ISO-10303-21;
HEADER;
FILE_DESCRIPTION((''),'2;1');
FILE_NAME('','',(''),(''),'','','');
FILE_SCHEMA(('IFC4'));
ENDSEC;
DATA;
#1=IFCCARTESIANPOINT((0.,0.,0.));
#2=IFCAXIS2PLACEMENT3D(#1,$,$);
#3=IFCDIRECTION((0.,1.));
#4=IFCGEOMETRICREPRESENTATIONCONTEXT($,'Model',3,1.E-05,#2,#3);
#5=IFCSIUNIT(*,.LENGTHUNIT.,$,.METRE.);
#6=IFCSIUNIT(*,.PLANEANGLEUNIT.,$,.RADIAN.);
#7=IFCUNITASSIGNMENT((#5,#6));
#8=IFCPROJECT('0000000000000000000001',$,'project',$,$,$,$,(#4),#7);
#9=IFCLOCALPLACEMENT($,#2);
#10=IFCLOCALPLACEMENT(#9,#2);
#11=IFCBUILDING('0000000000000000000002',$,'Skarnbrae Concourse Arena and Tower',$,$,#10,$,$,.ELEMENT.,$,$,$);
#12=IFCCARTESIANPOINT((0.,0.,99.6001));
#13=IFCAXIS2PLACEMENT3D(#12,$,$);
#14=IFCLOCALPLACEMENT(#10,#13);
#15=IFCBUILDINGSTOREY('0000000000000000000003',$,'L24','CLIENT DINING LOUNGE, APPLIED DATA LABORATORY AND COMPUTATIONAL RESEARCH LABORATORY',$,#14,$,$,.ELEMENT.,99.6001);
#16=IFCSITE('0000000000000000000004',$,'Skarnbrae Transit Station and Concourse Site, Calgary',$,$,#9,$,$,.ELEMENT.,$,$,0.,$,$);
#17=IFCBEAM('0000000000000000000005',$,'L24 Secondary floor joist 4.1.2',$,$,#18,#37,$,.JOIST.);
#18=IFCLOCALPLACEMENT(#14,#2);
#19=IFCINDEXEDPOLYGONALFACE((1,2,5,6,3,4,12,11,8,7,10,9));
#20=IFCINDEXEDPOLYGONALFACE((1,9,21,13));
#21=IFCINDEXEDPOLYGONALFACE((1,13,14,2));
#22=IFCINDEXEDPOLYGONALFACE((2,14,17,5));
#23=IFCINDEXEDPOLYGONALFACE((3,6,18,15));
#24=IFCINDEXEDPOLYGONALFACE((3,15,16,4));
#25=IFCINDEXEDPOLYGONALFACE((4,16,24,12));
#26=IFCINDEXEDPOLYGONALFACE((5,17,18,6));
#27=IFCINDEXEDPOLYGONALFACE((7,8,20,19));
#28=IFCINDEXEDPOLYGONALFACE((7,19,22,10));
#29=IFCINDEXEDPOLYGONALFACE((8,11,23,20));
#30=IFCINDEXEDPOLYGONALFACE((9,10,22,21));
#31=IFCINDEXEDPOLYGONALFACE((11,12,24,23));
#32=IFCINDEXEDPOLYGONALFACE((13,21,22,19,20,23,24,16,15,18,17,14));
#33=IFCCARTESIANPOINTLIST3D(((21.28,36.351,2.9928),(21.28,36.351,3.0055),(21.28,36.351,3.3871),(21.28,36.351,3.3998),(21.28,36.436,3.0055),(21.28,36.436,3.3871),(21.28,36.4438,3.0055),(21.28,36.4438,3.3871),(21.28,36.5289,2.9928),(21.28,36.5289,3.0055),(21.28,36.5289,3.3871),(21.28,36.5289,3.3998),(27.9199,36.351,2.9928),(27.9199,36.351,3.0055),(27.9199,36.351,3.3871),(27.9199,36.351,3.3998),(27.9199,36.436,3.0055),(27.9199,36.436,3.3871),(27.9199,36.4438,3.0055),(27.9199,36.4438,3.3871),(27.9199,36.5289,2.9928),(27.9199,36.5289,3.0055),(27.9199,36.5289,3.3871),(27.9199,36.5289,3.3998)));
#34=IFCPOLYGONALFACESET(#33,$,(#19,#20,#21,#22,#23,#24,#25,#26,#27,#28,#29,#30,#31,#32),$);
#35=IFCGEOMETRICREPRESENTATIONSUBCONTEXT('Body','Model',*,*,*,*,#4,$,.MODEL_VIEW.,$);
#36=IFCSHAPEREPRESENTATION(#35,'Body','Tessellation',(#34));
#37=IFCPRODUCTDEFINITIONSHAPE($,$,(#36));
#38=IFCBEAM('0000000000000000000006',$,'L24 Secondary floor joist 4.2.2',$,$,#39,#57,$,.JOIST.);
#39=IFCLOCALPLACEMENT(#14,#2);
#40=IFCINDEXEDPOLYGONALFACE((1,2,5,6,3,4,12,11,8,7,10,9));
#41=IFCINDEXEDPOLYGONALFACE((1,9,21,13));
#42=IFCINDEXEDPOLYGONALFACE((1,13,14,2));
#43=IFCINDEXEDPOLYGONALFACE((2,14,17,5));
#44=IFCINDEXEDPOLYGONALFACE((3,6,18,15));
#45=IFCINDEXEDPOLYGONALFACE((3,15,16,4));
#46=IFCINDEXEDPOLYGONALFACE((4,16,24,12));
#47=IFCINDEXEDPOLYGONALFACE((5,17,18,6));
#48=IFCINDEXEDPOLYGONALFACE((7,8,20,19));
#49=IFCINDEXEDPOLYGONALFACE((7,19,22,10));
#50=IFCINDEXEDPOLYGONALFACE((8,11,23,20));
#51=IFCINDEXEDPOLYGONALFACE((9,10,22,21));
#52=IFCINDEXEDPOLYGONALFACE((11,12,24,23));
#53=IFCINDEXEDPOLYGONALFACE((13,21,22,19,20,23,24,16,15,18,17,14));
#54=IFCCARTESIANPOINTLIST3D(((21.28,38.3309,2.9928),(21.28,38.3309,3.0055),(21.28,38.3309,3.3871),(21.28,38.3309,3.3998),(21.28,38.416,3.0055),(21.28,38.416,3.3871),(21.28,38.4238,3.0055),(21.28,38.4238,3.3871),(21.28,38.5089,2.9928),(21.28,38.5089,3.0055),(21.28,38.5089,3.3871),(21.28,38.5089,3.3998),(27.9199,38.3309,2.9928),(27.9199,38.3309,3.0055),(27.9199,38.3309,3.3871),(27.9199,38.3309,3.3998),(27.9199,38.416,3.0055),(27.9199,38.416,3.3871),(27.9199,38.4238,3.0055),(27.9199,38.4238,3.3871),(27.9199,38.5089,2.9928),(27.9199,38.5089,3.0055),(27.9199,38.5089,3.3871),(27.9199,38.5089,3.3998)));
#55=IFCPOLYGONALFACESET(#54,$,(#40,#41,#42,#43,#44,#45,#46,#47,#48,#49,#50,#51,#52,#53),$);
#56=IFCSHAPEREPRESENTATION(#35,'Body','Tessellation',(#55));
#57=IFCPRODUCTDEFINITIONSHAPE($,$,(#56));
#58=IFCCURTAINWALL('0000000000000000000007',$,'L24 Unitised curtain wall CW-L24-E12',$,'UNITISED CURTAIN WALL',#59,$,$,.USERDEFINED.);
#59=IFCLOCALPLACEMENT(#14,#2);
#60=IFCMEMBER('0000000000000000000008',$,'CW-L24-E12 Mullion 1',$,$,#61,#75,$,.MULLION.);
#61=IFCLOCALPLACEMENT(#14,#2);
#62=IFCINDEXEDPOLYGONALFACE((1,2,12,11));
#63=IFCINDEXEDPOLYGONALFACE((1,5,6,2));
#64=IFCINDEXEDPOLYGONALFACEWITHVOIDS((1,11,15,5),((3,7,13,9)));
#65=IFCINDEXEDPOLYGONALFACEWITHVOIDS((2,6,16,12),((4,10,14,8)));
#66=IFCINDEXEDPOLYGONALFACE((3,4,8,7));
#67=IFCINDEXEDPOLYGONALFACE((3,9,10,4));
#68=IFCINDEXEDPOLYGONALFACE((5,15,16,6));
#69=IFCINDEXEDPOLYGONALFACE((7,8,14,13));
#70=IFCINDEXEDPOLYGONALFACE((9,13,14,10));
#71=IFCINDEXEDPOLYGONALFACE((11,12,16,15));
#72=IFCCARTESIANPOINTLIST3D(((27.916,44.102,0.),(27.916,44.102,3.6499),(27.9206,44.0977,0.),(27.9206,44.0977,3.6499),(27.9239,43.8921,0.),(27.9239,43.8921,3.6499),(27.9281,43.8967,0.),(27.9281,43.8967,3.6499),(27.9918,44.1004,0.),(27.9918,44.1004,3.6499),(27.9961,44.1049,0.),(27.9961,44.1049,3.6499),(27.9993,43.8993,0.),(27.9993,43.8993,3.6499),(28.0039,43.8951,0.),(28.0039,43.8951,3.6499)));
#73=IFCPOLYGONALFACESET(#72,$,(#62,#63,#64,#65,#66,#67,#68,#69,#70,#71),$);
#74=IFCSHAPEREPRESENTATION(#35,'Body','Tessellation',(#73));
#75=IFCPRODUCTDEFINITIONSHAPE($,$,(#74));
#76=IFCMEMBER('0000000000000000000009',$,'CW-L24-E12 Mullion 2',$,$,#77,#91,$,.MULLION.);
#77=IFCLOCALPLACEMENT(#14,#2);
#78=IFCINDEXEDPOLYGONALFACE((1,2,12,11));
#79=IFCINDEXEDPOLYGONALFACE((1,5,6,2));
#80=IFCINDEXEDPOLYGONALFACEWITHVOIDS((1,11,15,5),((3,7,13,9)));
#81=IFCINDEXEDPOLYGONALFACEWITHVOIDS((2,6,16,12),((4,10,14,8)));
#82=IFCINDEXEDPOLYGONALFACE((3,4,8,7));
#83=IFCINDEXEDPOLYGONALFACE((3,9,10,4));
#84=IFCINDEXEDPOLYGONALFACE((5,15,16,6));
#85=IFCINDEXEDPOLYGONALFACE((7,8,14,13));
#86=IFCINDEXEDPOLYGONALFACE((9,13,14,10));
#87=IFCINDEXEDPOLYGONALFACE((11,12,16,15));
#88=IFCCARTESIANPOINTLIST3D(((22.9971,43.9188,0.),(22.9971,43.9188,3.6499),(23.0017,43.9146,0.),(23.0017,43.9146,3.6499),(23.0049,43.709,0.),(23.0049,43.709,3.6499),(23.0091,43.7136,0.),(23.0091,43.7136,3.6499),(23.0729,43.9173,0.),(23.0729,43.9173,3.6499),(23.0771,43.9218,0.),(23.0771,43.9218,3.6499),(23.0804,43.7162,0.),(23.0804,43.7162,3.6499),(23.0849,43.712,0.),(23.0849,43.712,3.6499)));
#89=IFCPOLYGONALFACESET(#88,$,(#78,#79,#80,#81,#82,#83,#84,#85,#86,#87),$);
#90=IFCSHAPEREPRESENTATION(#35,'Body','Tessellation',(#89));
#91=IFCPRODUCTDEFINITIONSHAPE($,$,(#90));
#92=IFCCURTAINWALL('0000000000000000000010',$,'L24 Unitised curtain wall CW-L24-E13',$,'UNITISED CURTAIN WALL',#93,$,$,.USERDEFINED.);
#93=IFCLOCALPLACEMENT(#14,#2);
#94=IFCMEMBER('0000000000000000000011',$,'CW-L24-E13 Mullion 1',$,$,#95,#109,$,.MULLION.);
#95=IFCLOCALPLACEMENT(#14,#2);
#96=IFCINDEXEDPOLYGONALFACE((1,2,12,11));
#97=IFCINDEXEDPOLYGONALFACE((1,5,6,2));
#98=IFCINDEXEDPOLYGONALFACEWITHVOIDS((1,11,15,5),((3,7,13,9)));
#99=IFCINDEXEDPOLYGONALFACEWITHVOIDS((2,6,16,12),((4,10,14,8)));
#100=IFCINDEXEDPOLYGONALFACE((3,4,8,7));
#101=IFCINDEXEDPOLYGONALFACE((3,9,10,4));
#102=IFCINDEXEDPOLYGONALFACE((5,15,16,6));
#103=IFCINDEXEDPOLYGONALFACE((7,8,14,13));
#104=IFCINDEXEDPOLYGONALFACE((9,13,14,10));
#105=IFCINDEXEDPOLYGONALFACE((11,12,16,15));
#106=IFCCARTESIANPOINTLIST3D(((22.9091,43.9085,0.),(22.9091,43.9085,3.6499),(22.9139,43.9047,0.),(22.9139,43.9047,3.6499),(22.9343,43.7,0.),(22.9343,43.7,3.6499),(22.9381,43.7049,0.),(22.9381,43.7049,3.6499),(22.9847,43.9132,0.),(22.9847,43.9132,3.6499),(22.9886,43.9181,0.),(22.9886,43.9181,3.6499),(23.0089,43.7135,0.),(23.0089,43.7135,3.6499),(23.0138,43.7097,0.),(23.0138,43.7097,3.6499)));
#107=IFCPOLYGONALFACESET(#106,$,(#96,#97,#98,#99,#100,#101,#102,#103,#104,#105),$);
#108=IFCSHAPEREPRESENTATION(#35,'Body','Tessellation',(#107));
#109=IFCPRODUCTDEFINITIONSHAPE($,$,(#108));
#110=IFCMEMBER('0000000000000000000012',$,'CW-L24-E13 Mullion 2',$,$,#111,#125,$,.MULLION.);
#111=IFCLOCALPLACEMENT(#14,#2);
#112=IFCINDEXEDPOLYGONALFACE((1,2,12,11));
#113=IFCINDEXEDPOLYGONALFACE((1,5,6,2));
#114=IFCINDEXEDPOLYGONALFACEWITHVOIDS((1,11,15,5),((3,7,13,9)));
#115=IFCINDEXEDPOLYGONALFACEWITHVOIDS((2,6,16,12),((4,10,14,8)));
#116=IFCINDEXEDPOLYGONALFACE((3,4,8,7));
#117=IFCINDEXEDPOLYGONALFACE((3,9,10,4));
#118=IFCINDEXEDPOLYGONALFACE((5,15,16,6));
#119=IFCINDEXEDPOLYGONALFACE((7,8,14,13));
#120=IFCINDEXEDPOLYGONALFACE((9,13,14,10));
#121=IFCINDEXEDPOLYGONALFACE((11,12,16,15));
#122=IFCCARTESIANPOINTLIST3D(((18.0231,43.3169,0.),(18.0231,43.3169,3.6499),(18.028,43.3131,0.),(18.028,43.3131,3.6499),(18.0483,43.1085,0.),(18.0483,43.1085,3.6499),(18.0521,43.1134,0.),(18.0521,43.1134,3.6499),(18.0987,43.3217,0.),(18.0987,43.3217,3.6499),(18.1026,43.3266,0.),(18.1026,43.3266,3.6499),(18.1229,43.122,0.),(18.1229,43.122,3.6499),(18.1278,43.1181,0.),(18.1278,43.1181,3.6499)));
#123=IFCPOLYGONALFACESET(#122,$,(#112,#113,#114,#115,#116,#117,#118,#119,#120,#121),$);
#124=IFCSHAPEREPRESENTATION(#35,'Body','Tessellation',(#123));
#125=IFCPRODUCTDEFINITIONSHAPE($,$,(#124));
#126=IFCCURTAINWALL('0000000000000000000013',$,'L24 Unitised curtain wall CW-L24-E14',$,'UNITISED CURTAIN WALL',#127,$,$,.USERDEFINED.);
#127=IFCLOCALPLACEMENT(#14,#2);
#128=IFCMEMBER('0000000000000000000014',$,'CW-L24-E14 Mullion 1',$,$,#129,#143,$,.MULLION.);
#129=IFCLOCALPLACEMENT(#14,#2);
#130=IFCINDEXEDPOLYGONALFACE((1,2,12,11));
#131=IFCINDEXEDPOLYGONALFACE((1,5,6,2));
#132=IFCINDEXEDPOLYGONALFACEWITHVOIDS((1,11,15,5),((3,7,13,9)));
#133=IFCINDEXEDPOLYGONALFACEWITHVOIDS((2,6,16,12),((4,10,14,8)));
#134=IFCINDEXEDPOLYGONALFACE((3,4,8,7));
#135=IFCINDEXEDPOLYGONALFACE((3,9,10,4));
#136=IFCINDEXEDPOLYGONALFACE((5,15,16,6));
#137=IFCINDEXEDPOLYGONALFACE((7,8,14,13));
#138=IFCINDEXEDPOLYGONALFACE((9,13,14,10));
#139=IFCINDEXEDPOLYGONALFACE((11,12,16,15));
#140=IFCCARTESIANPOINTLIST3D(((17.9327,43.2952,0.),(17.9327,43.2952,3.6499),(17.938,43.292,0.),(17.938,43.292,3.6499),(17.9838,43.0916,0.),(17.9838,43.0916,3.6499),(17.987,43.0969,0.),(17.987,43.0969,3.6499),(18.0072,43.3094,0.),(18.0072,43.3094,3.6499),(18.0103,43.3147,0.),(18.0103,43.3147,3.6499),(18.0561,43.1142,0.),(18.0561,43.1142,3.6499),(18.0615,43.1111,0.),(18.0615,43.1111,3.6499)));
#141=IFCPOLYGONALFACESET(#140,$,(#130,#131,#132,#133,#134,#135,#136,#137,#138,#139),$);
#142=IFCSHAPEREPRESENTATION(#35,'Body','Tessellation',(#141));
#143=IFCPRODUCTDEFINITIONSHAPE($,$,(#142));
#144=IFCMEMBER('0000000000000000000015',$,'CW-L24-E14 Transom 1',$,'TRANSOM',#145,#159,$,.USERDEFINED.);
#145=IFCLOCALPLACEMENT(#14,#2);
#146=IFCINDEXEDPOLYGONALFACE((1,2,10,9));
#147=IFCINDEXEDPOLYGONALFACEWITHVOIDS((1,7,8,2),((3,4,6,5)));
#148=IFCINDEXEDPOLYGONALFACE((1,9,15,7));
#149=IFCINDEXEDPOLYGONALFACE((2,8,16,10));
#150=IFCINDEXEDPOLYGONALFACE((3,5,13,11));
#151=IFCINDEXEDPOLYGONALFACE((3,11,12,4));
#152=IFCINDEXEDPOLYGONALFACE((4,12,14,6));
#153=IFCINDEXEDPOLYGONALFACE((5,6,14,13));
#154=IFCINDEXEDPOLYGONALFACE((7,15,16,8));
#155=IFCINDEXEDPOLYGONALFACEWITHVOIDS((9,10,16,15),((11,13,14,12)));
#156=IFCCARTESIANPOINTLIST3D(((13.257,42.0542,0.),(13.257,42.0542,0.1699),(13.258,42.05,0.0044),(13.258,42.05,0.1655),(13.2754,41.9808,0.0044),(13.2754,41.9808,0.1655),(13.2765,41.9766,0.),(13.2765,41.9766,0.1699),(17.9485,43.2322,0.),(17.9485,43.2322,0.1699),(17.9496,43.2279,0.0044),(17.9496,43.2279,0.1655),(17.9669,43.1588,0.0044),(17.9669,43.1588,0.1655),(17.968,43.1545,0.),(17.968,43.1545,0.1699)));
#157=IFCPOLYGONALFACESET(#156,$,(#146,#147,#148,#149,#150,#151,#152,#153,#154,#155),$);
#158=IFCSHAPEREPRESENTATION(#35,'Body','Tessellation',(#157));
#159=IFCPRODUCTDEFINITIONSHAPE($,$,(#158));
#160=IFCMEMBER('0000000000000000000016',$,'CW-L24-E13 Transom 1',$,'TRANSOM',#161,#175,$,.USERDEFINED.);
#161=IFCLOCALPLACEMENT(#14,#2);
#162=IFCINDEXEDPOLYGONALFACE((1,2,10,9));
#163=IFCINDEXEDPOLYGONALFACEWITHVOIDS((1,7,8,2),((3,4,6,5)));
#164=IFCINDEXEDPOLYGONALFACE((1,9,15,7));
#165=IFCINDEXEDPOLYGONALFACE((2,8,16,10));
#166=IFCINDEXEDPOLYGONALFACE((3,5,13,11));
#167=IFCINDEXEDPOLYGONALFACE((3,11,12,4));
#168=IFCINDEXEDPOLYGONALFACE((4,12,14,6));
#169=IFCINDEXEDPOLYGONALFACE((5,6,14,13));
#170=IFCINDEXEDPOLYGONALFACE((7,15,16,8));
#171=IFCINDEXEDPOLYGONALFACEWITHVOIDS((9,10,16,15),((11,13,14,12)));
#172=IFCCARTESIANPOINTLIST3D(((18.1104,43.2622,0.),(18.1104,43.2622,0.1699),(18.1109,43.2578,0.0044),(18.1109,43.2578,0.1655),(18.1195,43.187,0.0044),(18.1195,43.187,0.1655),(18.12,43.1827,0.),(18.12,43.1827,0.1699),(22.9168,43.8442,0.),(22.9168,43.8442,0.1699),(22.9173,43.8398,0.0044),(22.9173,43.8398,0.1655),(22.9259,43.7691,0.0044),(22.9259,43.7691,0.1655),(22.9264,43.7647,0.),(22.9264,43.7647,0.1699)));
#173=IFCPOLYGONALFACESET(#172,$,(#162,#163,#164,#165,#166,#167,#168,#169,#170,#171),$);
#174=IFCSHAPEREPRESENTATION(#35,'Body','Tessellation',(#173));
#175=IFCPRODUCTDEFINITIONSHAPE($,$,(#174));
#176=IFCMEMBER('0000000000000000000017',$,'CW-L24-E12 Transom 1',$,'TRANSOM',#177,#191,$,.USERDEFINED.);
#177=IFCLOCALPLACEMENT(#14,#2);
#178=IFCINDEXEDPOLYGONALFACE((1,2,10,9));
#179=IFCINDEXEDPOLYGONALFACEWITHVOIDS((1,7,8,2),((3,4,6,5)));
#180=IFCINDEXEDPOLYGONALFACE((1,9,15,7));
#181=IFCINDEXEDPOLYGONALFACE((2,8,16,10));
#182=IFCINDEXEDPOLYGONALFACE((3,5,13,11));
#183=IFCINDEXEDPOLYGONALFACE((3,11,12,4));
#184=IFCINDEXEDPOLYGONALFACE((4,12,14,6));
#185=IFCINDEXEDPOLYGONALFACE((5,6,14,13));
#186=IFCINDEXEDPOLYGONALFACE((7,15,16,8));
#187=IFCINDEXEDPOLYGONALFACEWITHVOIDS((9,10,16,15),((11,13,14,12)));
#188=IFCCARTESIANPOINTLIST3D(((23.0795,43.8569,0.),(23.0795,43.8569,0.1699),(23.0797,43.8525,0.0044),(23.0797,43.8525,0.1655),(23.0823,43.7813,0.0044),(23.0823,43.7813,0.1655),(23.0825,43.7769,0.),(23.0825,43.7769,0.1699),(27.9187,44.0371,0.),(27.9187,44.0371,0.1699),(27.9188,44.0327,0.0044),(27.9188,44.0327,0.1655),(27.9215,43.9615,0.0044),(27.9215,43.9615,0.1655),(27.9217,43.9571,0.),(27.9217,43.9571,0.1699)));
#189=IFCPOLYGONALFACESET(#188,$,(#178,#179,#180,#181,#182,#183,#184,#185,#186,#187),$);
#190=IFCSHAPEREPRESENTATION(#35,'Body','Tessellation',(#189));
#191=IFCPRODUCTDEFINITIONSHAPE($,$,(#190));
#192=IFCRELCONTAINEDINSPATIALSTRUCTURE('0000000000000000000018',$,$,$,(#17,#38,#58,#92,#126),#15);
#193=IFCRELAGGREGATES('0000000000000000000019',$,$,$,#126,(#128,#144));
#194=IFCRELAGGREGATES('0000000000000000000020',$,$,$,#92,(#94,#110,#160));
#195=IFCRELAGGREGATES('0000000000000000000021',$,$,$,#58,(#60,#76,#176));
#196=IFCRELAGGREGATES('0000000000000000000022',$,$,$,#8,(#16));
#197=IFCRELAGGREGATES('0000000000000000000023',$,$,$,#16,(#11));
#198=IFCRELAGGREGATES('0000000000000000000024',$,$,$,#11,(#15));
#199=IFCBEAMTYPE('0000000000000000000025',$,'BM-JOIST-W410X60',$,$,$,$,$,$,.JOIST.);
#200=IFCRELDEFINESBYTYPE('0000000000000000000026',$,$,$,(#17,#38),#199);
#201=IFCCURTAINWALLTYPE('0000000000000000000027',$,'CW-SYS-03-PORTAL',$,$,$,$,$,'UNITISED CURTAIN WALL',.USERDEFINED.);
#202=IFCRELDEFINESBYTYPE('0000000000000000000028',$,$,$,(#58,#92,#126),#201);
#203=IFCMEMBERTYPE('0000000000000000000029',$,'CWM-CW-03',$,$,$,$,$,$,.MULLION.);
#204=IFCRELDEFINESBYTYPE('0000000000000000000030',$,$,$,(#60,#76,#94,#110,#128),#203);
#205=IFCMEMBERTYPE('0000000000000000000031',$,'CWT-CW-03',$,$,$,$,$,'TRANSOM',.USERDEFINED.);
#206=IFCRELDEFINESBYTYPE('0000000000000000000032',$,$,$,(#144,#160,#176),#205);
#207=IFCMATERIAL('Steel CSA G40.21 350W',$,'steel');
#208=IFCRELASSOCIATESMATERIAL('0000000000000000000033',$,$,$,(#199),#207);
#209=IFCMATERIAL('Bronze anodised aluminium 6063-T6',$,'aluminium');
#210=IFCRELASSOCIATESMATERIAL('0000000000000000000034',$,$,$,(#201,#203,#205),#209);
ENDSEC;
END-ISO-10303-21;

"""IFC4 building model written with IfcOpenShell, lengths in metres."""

from ifc_helpers import new_model, si_unit, direction, frame, origin, origin_2d, place, context, subcontext, project, spatial, hollow_rectangle, i_section, extrude, source, transform, mapped, material, material_profile, profile_set, type_object, element, aggregate, save


model = new_model("IFC4")

# Units and contexts
model_context = context("Model", 3, precision=1e-05, world=origin(), true_north=direction((0.0, 1.0)))
body_context = subcontext(model_context, "Body", "Model", "MODEL_VIEW")
ifc_project = project(units=[si_unit("LENGTHUNIT", "METRE"), si_unit("PLANEANGLEUNIT", "RADIAN")], contexts=[model_context])

# Site, building, storey
site_placement = place(None, origin())
site = spatial("IfcSite", under=ifc_project, at=site_placement, Name="Skarnbrae Transit Station and Concourse Site, Calgary", CompositionType="ELEMENT", RefElevation=0.0)
building_placement = place(site_placement, origin())
building = spatial("IfcBuilding", under=site, at=building_placement, Name="Skarnbrae Concourse Arena and Tower", CompositionType="ELEMENT")
storey_placement = place(building_placement, frame((0.0, 0.0, 99.6001)))
storey = spatial("IfcBuildingStorey", under=building, at=storey_placement, Name="L24", Description="CLIENT DINING LOUNGE, APPLIED DATA LABORATORY AND COMPUTATIONAL RESEARCH LABORATORY", CompositionType="ELEMENT", Elevation=99.6001)

# Shared definitions
ifc_material_1 = material(Name="Steel CSA G40.21 350W", Category="steel")

# Beams
ifc_material_profile_1 = material_profile(ifc_material_1, i_section(OverallWidth=0.178, OverallDepth=0.407, WebThickness=0.0078, FlangeThickness=0.0127, at=origin_2d()), Name="W410X60")
ifc_profile_set_1 = profile_set([ifc_material_profile_1], Name="Steel CSA G40.21 350W")
beam_type_1 = type_object("IfcBeamType", Name="BM-JOIST-W410X60", PredefinedType="JOIST", material=ifc_profile_set_1)
shared_shape_1 = source(origin(), body_context, "Body", "SweptSolid", [
    extrude(i_section(OverallWidth=0.178, OverallDepth=0.407, WebThickness=0.0078, FlangeThickness=0.0127, at=origin_2d()), origin(), (0.0, 0.0, 1.0), 6.6399),
])
for number, where, z_axis, x_axis, name in (
    (1, (21.28, 36.4399, 3.1963), (1.0, 0.0, 0.0), (0.0, 1.0, 0.0), "L24 Secondary floor joist 4.1.2"),
    (2, (21.28, 38.4199, 3.1963), (1.0, 0.0, 0.0), (0.0, 1.0, 0.0), "L24 Secondary floor joist 4.2.2"),
):
    element("IfcBeam", number, at=place(storey_placement, frame(where, z_axis=z_axis, x_axis=x_axis)), inside=storey, type_object=beam_type_1, Name=name, PredefinedType="JOIST", context=body_context, shape_type="MappedRepresentation", body=[
        mapped(shared_shape_1, transform((0.0, 0.0, 0.0))),
    ])

# Curtain walls, members
ifc_material_2 = material(Name="Bronze anodised aluminium 6063-T6", Category="aluminium")
curtain_wall_type = type_object("IfcCurtainWallType", Name="CW-SYS-03-PORTAL", ElementType="UNITISED CURTAIN WALL", PredefinedType="USERDEFINED", material=ifc_material_2)
curtain_wall_1_placement = place(storey_placement, origin())
curtain_wall_1 = element("IfcCurtainWall", 3, at=curtain_wall_1_placement, inside=storey, type_object=curtain_wall_type, Name="L24 Unitised curtain wall CW-L24-E12", ObjectType="UNITISED CURTAIN WALL", PredefinedType="USERDEFINED")
ifc_material_profile_2 = material_profile(ifc_material_2, hollow_rectangle(XDim=0.0801, YDim=0.21, WallThickness=0.0044, at=origin_2d()), Name="ALU-MULL-80X210")
ifc_profile_set_2 = profile_set([ifc_material_profile_2], Name="Bronze anodised aluminium 6063-T6")
member_type_1 = type_object("IfcMemberType", Name="CWM-CW-03", PredefinedType="MULLION", material=ifc_profile_set_2)
shared_shape_2 = source(origin(), body_context, "Body", "SweptSolid", [
    extrude(hollow_rectangle(XDim=0.0801, YDim=0.21, WallThickness=0.0044, at=origin_2d()), origin(), (0.0, 0.0, 1.0), 3.6499),
])
member_1_placement = place(storey_placement, frame((27.96, 43.9985, 0.0), z_axis=(0.0, 0.0, 1.0), x_axis=(-0.999308, -0.037183, 0.0)))
member_1 = element("IfcMember", 4, at=member_1_placement, type_object=member_type_1, Name="CW-L24-E12 Mullion 1", PredefinedType="MULLION", context=body_context, shape_type="MappedRepresentation", body=[
    mapped(shared_shape_2, transform((0.0, 0.0, 0.0))),
])
member_2_placement = place(storey_placement, frame((23.041, 43.8154, 0.0), z_axis=(0.0, 0.0, 1.0), x_axis=(-0.999308, -0.037183, 0.0)))
member_2 = element("IfcMember", 5, at=member_2_placement, type_object=member_type_1, Name="CW-L24-E12 Mullion 2", PredefinedType="MULLION", context=body_context, shape_type="MappedRepresentation", body=[
    mapped(shared_shape_2, transform((0.0, 0.0, 0.0))),
])
curtain_wall_2_placement = place(storey_placement, origin())
curtain_wall_2 = element("IfcCurtainWall", 6, at=curtain_wall_2_placement, inside=storey, type_object=curtain_wall_type, Name="L24 Unitised curtain wall CW-L24-E13", ObjectType="UNITISED CURTAIN WALL", PredefinedType="USERDEFINED")
member_3_placement = place(storey_placement, frame((22.9614, 43.8091, 0.0), z_axis=(0.0, 0.0, 1.0), x_axis=(-0.992749, -0.120203, 0.0)))
member_3 = element("IfcMember", 7, at=member_3_placement, type_object=member_type_1, Name="CW-L24-E13 Mullion 1", PredefinedType="MULLION", context=body_context, shape_type="MappedRepresentation", body=[
    mapped(shared_shape_2, transform((0.0, 0.0, 0.0))),
])
member_4_placement = place(storey_placement, frame((18.0754, 43.2175, 0.0), z_axis=(0.0, 0.0, 1.0), x_axis=(-0.992749, -0.120203, 0.0)))
member_4 = element("IfcMember", 8, at=member_4_placement, type_object=member_type_1, Name="CW-L24-E13 Mullion 2", PredefinedType="MULLION", context=body_context, shape_type="MappedRepresentation", body=[
    mapped(shared_shape_2, transform((0.0, 0.0, 0.0))),
])
curtain_wall_3_placement = place(storey_placement, origin())
curtain_wall_3 = element("IfcCurtainWall", 9, at=curtain_wall_3_placement, inside=storey, type_object=curtain_wall_type, Name="L24 Unitised curtain wall CW-L24-E14", ObjectType="UNITISED CURTAIN WALL", PredefinedType="USERDEFINED")
member_5_placement = place(storey_placement, frame((17.9971, 43.2031, 0.0), z_axis=(0.0, 0.0, 1.0), x_axis=(-0.969903, -0.243491, 0.0)))
member_5 = element("IfcMember", 10, at=member_5_placement, type_object=member_type_1, Name="CW-L24-E14 Mullion 1", PredefinedType="MULLION", context=body_context, shape_type="MappedRepresentation", body=[
    mapped(shared_shape_2, transform((0.0, 0.0, 0.0))),
])
ifc_material_profile_3 = material_profile(ifc_material_2, hollow_rectangle(XDim=0.0801, YDim=0.1699, WallThickness=0.0044, at=origin_2d()), Name="ALU-TRAN-80X170")
ifc_profile_set_3 = profile_set([ifc_material_profile_3], Name="Bronze anodised aluminium 6063-T6")
member_type_2 = type_object("IfcMemberType", Name="CWT-CW-03", ElementType="TRANSOM", PredefinedType="USERDEFINED", material=ifc_profile_set_3)
shared_shape_3 = source(origin(), body_context, "Body", "SweptSolid", [
    extrude(hollow_rectangle(XDim=0.0801, YDim=0.1699, WallThickness=0.0044, at=origin_2d()), origin(), (0.0, 0.0, 1.0), 4.8372),
])
member_6_placement = place(storey_placement, frame((17.9583, 43.1934, 0.085), z_axis=(-0.969896, -0.243521, 0.0), x_axis=(0.243521, -0.969896, 0.0)))
member_6 = element("IfcMember", 11, at=member_6_placement, type_object=member_type_2, Name="CW-L24-E14 Transom 1", ObjectType="TRANSOM", PredefinedType="USERDEFINED", context=body_context, shape_type="MappedRepresentation", body=[
    mapped(shared_shape_3, transform((0.0, 0.0, 0.0))),
])

# Members
shared_shape_4 = source(origin(), body_context, "Body", "SweptSolid", [
    extrude(hollow_rectangle(XDim=0.0801, YDim=0.1699, WallThickness=0.0044, at=origin_2d()), origin(), (0.0, 0.0, 1.0), 4.8416),
])
member_7_placement = place(storey_placement, frame((22.9216, 43.8044, 0.085), z_axis=(-0.992748, -0.120217, 0.0), x_axis=(0.120217, -0.992748, 0.0)))
member_7 = element("IfcMember", 12, at=member_7_placement, type_object=member_type_2, Name="CW-L24-E13 Transom 1", ObjectType="TRANSOM", PredefinedType="USERDEFINED", context=body_context, shape_type="MappedRepresentation", body=[
    mapped(shared_shape_4, transform((0.0, 0.0, 0.0))),
])
shared_shape_5 = source(origin(), body_context, "Body", "SweptSolid", [
    extrude(hollow_rectangle(XDim=0.0801, YDim=0.1699, WallThickness=0.0044, at=origin_2d()), origin(), (0.0, 0.0, 1.0), 4.8425),
])
member_8_placement = place(storey_placement, frame((27.9202, 43.9971, 0.085), z_axis=(-0.999308, -0.037207, 0.0), x_axis=(0.037207, -0.999308, 0.0)))
member_8 = element("IfcMember", 13, at=member_8_placement, type_object=member_type_2, Name="CW-L24-E12 Transom 1", ObjectType="TRANSOM", PredefinedType="USERDEFINED", context=body_context, shape_type="MappedRepresentation", body=[
    mapped(shared_shape_5, transform((0.0, 0.0, 0.0))),
])

aggregate(curtain_wall_3, [member_5, member_6])
aggregate(curtain_wall_2, [member_3, member_4, member_7])
aggregate(curtain_wall_1, [member_1, member_2, member_8])

save(model, "model.ifc")
